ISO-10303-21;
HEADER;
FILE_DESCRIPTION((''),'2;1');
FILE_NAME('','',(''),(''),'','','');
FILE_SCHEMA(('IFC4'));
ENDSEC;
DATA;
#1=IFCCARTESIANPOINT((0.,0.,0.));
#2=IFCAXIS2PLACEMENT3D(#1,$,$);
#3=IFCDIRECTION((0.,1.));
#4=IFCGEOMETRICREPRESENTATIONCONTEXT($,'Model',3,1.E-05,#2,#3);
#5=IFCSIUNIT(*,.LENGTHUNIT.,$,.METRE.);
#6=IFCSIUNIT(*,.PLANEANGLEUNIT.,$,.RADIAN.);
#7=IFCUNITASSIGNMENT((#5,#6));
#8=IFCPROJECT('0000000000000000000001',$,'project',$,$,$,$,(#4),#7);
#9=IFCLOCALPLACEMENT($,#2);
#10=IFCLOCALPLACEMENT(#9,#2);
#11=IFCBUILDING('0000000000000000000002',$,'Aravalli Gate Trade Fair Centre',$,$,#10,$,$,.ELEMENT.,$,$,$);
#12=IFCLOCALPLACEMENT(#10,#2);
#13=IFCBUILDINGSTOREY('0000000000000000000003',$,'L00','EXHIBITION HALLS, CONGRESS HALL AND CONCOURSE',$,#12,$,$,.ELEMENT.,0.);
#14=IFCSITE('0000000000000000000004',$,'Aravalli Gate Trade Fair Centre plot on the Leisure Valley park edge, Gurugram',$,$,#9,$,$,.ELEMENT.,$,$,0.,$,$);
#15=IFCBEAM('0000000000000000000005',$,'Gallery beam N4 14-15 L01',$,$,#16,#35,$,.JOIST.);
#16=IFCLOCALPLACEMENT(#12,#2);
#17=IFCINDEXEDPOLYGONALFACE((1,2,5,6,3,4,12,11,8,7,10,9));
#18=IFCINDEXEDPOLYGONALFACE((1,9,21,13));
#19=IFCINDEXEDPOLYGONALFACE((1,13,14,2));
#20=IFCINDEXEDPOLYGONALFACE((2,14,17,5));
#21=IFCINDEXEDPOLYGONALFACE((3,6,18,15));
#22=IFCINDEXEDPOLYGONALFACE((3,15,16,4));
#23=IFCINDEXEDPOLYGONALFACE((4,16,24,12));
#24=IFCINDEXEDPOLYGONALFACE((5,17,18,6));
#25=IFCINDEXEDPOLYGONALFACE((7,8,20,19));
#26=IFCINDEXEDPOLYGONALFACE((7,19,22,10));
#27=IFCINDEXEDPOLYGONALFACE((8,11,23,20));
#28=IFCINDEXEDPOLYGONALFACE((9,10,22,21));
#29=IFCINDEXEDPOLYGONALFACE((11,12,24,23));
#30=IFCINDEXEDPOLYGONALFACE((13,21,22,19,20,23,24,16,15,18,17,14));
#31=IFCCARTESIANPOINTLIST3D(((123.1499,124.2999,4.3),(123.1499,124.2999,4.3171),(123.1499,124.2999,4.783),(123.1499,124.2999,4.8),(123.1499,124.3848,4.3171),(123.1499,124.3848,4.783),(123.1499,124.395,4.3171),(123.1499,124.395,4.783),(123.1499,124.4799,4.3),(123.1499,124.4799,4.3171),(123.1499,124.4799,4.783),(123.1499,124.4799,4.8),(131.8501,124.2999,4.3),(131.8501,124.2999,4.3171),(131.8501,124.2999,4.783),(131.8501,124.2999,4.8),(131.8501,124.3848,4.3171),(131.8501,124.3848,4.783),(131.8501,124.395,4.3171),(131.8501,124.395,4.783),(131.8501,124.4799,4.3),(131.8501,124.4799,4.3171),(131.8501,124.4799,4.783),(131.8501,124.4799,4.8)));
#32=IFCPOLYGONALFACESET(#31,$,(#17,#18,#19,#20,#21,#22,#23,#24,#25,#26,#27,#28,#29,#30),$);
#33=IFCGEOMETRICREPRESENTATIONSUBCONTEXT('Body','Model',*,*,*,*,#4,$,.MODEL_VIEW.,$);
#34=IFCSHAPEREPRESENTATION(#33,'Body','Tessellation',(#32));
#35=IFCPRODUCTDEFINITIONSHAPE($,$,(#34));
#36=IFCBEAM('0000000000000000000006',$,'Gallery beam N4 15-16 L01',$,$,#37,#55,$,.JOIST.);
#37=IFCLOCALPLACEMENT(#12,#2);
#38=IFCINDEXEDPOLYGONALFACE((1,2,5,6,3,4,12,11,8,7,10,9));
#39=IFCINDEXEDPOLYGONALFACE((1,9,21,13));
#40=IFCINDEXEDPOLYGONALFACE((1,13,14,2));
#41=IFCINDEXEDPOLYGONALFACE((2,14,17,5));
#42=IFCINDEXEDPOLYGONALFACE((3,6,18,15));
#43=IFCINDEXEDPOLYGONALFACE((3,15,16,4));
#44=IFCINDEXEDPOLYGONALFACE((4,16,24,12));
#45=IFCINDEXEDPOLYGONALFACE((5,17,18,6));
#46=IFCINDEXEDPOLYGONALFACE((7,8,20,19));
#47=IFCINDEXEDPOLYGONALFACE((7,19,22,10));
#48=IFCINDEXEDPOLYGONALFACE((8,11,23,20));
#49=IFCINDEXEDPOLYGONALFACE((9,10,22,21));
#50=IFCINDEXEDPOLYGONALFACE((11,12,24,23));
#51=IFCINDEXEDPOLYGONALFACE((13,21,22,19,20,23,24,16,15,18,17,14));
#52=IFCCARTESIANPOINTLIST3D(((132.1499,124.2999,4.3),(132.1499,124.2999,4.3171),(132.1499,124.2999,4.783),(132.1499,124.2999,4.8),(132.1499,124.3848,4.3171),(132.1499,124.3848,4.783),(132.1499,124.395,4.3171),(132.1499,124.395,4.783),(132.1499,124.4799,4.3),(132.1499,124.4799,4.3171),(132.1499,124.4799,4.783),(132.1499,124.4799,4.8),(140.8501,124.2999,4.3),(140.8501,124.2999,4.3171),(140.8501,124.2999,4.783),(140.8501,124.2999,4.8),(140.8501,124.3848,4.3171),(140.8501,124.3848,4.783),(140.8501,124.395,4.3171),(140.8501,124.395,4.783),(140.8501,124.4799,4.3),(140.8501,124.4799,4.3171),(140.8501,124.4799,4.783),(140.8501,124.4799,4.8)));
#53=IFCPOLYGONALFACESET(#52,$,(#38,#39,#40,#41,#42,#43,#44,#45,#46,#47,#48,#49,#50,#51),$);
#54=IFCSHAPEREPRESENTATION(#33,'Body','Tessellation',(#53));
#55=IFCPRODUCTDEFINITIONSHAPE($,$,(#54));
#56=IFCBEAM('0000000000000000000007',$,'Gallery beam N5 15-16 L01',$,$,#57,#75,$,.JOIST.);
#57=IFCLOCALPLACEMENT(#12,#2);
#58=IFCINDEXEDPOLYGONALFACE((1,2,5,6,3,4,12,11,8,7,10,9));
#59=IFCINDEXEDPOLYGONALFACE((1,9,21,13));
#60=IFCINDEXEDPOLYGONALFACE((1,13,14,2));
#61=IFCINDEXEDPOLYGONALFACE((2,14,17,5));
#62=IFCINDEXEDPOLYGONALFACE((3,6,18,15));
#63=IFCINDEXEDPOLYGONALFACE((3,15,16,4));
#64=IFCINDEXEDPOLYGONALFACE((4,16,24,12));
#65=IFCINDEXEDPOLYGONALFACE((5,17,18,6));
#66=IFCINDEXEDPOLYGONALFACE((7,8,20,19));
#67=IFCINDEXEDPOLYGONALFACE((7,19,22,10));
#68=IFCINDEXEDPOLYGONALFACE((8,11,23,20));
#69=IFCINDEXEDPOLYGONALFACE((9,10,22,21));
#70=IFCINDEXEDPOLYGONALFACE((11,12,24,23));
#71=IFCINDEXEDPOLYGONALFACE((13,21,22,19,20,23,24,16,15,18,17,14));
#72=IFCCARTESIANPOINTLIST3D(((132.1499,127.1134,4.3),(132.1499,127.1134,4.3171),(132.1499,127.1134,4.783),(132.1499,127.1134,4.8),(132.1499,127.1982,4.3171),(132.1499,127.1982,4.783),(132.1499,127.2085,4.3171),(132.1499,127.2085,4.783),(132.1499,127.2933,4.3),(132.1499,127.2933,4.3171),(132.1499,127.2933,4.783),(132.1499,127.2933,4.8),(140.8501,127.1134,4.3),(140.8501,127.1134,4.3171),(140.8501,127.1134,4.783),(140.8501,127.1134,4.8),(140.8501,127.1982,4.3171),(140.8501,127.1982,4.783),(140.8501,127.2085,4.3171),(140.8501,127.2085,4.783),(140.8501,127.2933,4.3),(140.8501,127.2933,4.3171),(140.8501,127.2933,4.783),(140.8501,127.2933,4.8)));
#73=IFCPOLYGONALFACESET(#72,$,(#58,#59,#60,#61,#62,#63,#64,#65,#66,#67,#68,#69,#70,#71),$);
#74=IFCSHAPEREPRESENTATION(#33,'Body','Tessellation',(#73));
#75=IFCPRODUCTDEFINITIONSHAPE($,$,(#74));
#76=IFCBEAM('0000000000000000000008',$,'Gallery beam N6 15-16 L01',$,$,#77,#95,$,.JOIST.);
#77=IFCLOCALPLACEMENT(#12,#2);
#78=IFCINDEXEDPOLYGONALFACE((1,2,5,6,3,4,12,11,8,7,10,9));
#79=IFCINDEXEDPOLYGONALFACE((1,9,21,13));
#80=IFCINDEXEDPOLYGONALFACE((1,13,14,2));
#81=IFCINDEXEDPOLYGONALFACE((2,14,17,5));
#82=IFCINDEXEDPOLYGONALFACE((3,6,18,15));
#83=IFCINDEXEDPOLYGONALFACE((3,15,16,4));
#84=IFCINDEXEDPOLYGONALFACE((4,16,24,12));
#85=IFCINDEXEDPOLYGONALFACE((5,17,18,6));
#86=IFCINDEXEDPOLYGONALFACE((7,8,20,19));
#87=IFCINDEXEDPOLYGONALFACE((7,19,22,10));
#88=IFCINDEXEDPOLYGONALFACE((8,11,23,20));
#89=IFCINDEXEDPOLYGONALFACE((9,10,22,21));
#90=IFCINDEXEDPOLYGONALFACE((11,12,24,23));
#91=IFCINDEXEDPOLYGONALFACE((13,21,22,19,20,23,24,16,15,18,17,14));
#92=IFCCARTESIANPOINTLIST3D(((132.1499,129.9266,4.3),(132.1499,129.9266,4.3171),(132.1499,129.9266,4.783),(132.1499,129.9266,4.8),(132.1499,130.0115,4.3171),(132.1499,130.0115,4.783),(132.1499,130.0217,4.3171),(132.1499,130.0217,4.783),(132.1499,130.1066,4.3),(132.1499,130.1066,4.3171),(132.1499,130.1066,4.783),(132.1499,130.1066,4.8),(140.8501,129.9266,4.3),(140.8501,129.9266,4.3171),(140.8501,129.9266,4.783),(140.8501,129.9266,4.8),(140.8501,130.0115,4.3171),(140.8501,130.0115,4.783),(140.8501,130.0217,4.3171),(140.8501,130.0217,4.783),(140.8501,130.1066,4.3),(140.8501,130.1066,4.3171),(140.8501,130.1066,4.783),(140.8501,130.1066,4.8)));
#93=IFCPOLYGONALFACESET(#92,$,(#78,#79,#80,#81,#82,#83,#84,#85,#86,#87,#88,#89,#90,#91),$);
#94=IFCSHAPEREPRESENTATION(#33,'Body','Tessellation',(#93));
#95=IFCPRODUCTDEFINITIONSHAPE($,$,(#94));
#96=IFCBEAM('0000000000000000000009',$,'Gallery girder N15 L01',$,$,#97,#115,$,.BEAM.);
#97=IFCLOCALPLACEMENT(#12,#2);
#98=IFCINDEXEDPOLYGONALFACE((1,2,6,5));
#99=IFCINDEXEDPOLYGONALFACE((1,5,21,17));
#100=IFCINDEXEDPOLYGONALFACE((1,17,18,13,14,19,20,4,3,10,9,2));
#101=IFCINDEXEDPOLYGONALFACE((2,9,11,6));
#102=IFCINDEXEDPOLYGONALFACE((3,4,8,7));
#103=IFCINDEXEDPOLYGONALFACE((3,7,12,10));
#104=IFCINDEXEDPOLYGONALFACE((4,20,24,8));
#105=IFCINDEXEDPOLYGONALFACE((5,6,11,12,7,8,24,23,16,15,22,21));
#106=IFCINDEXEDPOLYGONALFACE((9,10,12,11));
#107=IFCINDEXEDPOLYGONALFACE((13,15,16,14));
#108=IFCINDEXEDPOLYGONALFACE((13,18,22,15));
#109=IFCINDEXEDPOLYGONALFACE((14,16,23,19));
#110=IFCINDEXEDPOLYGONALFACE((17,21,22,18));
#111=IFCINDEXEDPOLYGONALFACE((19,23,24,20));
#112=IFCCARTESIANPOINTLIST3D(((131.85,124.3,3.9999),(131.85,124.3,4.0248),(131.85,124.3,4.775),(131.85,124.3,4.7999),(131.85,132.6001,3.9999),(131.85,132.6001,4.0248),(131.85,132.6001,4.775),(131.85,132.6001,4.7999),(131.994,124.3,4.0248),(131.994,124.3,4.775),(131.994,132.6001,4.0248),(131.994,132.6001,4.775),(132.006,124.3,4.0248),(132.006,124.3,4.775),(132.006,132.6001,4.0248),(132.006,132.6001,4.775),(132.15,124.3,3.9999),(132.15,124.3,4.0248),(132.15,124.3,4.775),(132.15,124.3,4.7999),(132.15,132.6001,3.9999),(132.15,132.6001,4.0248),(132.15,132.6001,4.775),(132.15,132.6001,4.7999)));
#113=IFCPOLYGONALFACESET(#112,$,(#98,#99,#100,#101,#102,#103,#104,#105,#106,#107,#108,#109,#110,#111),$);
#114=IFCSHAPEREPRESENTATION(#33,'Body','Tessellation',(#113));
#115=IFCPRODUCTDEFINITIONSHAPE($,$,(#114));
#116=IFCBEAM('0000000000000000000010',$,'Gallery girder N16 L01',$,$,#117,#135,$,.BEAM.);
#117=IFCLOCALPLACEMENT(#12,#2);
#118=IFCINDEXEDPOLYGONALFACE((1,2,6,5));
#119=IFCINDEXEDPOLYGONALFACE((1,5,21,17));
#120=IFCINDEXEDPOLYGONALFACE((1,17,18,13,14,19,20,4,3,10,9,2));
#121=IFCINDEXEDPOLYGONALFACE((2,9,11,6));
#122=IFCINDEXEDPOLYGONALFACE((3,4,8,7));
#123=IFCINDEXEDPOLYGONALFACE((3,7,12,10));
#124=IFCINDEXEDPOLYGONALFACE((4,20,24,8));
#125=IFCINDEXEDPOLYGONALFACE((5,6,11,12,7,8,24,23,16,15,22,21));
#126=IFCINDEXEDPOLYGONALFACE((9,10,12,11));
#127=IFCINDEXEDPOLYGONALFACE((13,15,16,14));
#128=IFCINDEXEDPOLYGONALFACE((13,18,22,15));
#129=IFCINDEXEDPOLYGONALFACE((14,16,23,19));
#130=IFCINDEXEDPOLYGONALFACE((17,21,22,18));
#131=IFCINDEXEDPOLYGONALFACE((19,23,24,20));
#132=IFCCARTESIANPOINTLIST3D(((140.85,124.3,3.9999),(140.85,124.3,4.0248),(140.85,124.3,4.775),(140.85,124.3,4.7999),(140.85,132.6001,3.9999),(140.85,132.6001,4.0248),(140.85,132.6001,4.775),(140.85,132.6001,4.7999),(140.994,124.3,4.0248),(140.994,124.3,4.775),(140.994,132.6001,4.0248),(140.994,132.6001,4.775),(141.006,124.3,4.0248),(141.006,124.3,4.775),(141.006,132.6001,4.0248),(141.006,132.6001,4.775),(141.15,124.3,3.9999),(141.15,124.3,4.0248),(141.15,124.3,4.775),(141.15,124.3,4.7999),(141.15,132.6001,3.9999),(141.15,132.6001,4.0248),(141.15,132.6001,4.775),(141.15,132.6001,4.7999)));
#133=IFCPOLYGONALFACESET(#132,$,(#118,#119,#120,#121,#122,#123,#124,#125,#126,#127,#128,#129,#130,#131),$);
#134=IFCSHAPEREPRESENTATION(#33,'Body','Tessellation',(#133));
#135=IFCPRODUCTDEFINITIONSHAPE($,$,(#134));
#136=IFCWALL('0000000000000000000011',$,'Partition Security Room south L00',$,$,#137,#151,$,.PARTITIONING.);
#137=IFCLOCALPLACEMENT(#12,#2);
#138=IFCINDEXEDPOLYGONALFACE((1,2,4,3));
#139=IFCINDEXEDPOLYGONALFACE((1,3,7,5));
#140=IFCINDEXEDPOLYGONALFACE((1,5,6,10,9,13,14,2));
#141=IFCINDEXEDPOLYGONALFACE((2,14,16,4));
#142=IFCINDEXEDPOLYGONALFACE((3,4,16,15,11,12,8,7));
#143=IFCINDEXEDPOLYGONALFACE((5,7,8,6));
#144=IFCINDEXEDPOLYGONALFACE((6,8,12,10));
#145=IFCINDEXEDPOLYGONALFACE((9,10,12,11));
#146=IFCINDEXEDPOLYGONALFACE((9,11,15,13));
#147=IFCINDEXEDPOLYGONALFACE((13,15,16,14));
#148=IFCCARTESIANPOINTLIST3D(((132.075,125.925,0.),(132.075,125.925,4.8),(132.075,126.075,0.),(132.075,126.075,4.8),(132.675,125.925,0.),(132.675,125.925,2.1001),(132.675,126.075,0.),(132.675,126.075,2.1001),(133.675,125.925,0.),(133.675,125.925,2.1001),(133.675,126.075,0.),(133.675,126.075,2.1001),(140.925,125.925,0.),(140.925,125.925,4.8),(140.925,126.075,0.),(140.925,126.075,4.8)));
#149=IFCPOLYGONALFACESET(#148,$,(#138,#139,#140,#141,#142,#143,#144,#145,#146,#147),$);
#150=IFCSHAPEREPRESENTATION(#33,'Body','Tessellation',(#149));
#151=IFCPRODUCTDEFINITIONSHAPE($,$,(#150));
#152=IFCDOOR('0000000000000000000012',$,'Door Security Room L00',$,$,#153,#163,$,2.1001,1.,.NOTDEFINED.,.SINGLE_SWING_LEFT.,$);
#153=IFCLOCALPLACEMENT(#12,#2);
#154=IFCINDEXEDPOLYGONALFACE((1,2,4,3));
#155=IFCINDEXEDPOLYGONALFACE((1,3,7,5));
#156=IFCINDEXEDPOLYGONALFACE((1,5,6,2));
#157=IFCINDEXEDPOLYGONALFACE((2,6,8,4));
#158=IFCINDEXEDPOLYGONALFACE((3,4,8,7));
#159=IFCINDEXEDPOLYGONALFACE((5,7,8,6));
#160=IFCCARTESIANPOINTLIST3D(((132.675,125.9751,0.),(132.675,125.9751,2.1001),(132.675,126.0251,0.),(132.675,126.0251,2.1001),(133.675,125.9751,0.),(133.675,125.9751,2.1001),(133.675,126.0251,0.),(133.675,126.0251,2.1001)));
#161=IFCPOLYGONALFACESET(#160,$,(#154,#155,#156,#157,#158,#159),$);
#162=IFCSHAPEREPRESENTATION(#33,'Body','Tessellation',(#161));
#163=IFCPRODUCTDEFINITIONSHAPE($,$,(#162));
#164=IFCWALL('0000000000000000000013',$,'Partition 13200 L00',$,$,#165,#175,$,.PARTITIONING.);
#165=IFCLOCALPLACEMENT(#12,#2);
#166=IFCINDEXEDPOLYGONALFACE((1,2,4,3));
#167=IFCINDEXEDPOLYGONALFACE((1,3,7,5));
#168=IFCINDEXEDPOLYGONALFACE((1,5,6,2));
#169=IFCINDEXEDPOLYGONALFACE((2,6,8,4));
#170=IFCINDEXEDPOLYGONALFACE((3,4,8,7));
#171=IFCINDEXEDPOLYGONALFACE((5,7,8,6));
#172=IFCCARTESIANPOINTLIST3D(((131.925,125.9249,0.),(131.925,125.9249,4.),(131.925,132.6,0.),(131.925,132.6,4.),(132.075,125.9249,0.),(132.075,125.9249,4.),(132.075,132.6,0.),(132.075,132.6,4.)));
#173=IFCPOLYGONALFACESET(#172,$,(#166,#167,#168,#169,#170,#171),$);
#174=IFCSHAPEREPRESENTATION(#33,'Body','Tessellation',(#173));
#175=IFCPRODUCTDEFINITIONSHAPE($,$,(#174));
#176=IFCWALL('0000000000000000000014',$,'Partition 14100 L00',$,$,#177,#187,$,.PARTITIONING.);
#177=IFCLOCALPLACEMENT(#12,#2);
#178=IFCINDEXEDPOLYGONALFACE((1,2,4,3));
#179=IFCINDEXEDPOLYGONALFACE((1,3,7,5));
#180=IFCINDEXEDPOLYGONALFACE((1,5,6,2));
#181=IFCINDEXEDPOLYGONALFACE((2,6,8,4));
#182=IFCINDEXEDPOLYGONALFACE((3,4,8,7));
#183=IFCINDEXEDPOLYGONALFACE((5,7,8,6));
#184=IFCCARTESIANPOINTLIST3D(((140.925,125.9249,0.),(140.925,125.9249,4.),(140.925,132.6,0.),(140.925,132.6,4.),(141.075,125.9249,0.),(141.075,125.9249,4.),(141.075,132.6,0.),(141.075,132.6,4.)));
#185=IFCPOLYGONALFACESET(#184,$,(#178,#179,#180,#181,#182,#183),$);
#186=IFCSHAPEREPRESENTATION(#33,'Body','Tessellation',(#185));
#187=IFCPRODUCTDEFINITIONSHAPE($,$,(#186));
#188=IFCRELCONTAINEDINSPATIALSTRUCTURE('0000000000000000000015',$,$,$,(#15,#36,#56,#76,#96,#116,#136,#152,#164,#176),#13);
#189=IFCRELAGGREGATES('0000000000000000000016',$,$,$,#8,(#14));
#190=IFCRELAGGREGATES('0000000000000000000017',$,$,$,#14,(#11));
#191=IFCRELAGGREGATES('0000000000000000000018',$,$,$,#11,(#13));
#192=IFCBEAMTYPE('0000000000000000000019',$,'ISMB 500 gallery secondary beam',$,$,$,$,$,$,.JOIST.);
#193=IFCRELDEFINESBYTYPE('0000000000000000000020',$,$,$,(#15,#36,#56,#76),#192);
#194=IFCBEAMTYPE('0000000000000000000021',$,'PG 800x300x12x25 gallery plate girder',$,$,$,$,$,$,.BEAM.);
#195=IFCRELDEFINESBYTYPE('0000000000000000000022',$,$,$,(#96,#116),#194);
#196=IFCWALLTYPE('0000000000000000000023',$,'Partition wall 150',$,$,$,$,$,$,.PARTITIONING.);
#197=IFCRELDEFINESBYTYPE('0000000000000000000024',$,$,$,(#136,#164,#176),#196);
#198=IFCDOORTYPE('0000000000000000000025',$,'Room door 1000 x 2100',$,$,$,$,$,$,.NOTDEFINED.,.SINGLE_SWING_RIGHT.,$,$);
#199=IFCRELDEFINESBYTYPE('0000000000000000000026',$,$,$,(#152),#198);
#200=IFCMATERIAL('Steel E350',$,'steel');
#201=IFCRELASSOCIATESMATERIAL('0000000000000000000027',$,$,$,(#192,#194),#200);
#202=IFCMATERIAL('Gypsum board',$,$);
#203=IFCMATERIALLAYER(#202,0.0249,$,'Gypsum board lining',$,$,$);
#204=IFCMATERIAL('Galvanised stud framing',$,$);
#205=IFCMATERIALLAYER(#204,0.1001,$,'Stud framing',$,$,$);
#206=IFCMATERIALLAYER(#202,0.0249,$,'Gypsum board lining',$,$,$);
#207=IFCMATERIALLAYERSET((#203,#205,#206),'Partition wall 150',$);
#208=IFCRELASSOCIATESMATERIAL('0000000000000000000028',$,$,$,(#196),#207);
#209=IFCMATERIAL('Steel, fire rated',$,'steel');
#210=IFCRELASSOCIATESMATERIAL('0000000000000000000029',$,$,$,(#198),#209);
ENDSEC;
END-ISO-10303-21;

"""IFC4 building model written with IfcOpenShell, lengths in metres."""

from ifc_helpers import new_model, si_unit, direction, frame, frame_2d, origin, origin_2d, place, context, subcontext, project, spatial, rectangle, i_section, extrude, material, layer, layer_set, material_profile, profile_set, type_object, element, fill, save


model = new_model("IFC4")

# Units and contexts
model_context = context("Model", 3, precision=1e-05, world=origin(), true_north=direction((0.0, 1.0)))
body_context = subcontext(model_context, "Body", "Model", "MODEL_VIEW")
ifc_project = project(units=[si_unit("LENGTHUNIT", "METRE"), si_unit("PLANEANGLEUNIT", "RADIAN")], contexts=[model_context])

# Site, building, storey
site_placement = place(None, origin())
site = spatial("IfcSite", under=ifc_project, at=site_placement, Name="Aravalli Gate Trade Fair Centre plot on the Leisure Valley park edge, Gurugram", CompositionType="ELEMENT", RefElevation=0.0)
building_placement = place(site_placement, origin())
building = spatial("IfcBuilding", under=site, at=building_placement, Name="Aravalli Gate Trade Fair Centre", CompositionType="ELEMENT")
storey_placement = place(building_placement, origin())
storey = spatial("IfcBuildingStorey", under=building, at=storey_placement, Name="L00", Description="EXHIBITION HALLS, CONGRESS HALL AND CONCOURSE", CompositionType="ELEMENT", Elevation=0.0)

# Beams
ifc_material_1 = material(Name="Steel E350", Category="steel")
ifc_material_profile_1 = material_profile(ifc_material_1, i_section(OverallWidth=0.1799, OverallDepth=0.5, WebThickness=0.0103, FlangeThickness=0.0171, at=origin_2d()), Name="ISMB 500")
ifc_profile_set_1 = profile_set([ifc_material_profile_1], Name="Steel E350")
beam_type_1 = type_object("IfcBeamType", Name="ISMB 500 gallery secondary beam", PredefinedType="JOIST", material=ifc_profile_set_1)
for number, where, z_axis, x_axis, name in (
    (1, (123.1499, 124.3899, 4.55), (1.0, 0.0, 0.0), (0.0, 1.0, 0.0), "Gallery beam N4 14-15 L01"),
    (2, (132.1499, 124.3899, 4.55), (1.0, 0.0, 0.0), (0.0, 1.0, 0.0), "Gallery beam N4 15-16 L01"),
    (3, (132.1499, 127.2034, 4.55), (1.0, 0.0, 0.0), (0.0, 1.0, 0.0), "Gallery beam N5 15-16 L01"),
    (4, (132.1499, 130.0166, 4.55), (1.0, 0.0, 0.0), (0.0, 1.0, 0.0), "Gallery beam N6 15-16 L01"),
):
    element("IfcBeam", number, at=place(storey_placement, frame(where, z_axis=z_axis, x_axis=x_axis)), inside=storey, type_object=beam_type_1, Name=name, PredefinedType="JOIST", context=body_context, shape_type="SweptSolid", body=[
        extrude(i_section(OverallWidth=0.1799, OverallDepth=0.5, WebThickness=0.0103, FlangeThickness=0.0171, at=origin_2d()), origin(), (0.0, 0.0, 1.0), 8.7002),
    ])
ifc_material_profile_2 = material_profile(ifc_material_1, i_section(OverallWidth=0.3, OverallDepth=0.8, WebThickness=0.012, FlangeThickness=0.0249, at=origin_2d()), Name="PG 800x300x12x25")
ifc_profile_set_2 = profile_set([ifc_material_profile_2], Name="Steel E350")
beam_type_2 = type_object("IfcBeamType", Name="PG 800x300x12x25 gallery plate girder", PredefinedType="BEAM", material=ifc_profile_set_2)
for number, where, z_axis, x_axis, name in (
    (5, (132.0, 124.3, 4.3999), (0.0, 1.0, 0.0), (-1.0, 0.0, 0.0), "Gallery girder N15 L01"),
    (6, (141.0, 124.3, 4.3999), (0.0, 1.0, 0.0), (-1.0, 0.0, 0.0), "Gallery girder N16 L01"),
):
    element("IfcBeam", number, at=place(storey_placement, frame(where, z_axis=z_axis, x_axis=x_axis)), inside=storey, type_object=beam_type_2, Name=name, PredefinedType="BEAM", context=body_context, shape_type="SweptSolid", body=[
        extrude(i_section(OverallWidth=0.3, OverallDepth=0.8, WebThickness=0.012, FlangeThickness=0.0249, at=origin_2d()), origin(), (0.0, 0.0, 1.0), 8.3),
    ])

# Wall, opening, door
ifc_material_2 = material(Name="Gypsum board")
ifc_layer_1 = layer(ifc_material_2, 0.0249, Name="Gypsum board lining")
ifc_material_3 = material(Name="Galvanised stud framing")
ifc_layer_2 = layer(ifc_material_3, 0.1001, Name="Stud framing")
ifc_layer_3 = layer(ifc_material_2, 0.0249, Name="Gypsum board lining")
ifc_layer_set_1 = layer_set([ifc_layer_1, ifc_layer_2, ifc_layer_3], Name="Partition wall 150")
wall_type_1 = type_object("IfcWallType", Name="Partition wall 150", PredefinedType="PARTITIONING", material=ifc_layer_set_1)
wall_1_placement = place(storey_placement, frame((132.075, 126.0, 0.0), z_axis=(0.0, 0.0, 1.0), x_axis=(1.0, 0.0, 0.0)))
wall_1 = element("IfcWall", 7, at=wall_1_placement, inside=storey, type_object=wall_type_1, Name="Partition Security Room south L00", PredefinedType="PARTITIONING", context=body_context, shape_type="SweptSolid", body=[
    extrude(rectangle(XDim=8.8501, YDim=0.1499, at=frame_2d((4.425, 0.0))), origin(), (0.0, 0.0, 1.0), 4.8),
])
opening_1_placement = place(wall_1_placement, frame((0.6001, 0.0, 0.0)))
opening_1 = element("IfcOpeningElement", 8, at=opening_1_placement, cuts=wall_1, PredefinedType="OPENING", context=body_context, shape_type="SweptSolid", body=[
    extrude(rectangle(XDim=1.0, YDim=2.1001, at=frame_2d((0.5, 1.05))), frame((0.0, 0.085, 0.0), z_axis=(0.0, -1.0, 0.0), x_axis=(1.0, 0.0, 0.0)), (0.0, 0.0, 1.0), 0.1699),
])
ifc_material_4 = material(Name="Steel, fire rated", Category="steel")
door_type_1 = type_object("IfcDoorType", Name="Room door 1000 x 2100", OperationType="SINGLE_SWING_RIGHT", PredefinedType="NOTDEFINED", material=ifc_material_4)
door_1_placement = place(opening_1_placement, frame((1.0, 0.0, 0.0), z_axis=(0.0, 0.0, 1.0), x_axis=(-1.0, 0.0, 0.0)))
door_1 = element("IfcDoor", 9, at=door_1_placement, inside=storey, type_object=door_type_1, Name="Door Security Room L00", OperationType="SINGLE_SWING_LEFT", OverallHeight=2.1001, OverallWidth=1.0, PredefinedType="NOTDEFINED", context=body_context, shape_type="SweptSolid", body=[
    extrude(rectangle(XDim=1.0, YDim=2.1001, at=frame_2d((0.5, 1.05))), frame((0.0, 0.0249, 0.0), z_axis=(0.0, -1.0, 0.0), x_axis=(1.0, 0.0, 0.0)), (0.0, 0.0, 1.0), 0.05),
])
fill(opening_1, door_1)

# Walls
for number, where, z_axis, x_axis, name in (
    (10, (132.0, 125.925, 0.0), (0.0, 0.0, 1.0), (0.0, 1.0, 0.0), "Partition 13200 L00"),
    (11, (141.0, 125.925, 0.0), (0.0, 0.0, 1.0), (0.0, 1.0, 0.0), "Partition 14100 L00"),
):
    element("IfcWall", number, at=place(storey_placement, frame(where, z_axis=z_axis, x_axis=x_axis)), inside=storey, type_object=wall_type_1, Name=name, PredefinedType="PARTITIONING", context=body_context, shape_type="SweptSolid", body=[
        extrude(rectangle(XDim=6.675, YDim=0.1499, at=frame_2d((3.3374, 0.0))), origin(), (0.0, 0.0, 1.0), 4.0),
    ])

save(model, "model.ifc")
